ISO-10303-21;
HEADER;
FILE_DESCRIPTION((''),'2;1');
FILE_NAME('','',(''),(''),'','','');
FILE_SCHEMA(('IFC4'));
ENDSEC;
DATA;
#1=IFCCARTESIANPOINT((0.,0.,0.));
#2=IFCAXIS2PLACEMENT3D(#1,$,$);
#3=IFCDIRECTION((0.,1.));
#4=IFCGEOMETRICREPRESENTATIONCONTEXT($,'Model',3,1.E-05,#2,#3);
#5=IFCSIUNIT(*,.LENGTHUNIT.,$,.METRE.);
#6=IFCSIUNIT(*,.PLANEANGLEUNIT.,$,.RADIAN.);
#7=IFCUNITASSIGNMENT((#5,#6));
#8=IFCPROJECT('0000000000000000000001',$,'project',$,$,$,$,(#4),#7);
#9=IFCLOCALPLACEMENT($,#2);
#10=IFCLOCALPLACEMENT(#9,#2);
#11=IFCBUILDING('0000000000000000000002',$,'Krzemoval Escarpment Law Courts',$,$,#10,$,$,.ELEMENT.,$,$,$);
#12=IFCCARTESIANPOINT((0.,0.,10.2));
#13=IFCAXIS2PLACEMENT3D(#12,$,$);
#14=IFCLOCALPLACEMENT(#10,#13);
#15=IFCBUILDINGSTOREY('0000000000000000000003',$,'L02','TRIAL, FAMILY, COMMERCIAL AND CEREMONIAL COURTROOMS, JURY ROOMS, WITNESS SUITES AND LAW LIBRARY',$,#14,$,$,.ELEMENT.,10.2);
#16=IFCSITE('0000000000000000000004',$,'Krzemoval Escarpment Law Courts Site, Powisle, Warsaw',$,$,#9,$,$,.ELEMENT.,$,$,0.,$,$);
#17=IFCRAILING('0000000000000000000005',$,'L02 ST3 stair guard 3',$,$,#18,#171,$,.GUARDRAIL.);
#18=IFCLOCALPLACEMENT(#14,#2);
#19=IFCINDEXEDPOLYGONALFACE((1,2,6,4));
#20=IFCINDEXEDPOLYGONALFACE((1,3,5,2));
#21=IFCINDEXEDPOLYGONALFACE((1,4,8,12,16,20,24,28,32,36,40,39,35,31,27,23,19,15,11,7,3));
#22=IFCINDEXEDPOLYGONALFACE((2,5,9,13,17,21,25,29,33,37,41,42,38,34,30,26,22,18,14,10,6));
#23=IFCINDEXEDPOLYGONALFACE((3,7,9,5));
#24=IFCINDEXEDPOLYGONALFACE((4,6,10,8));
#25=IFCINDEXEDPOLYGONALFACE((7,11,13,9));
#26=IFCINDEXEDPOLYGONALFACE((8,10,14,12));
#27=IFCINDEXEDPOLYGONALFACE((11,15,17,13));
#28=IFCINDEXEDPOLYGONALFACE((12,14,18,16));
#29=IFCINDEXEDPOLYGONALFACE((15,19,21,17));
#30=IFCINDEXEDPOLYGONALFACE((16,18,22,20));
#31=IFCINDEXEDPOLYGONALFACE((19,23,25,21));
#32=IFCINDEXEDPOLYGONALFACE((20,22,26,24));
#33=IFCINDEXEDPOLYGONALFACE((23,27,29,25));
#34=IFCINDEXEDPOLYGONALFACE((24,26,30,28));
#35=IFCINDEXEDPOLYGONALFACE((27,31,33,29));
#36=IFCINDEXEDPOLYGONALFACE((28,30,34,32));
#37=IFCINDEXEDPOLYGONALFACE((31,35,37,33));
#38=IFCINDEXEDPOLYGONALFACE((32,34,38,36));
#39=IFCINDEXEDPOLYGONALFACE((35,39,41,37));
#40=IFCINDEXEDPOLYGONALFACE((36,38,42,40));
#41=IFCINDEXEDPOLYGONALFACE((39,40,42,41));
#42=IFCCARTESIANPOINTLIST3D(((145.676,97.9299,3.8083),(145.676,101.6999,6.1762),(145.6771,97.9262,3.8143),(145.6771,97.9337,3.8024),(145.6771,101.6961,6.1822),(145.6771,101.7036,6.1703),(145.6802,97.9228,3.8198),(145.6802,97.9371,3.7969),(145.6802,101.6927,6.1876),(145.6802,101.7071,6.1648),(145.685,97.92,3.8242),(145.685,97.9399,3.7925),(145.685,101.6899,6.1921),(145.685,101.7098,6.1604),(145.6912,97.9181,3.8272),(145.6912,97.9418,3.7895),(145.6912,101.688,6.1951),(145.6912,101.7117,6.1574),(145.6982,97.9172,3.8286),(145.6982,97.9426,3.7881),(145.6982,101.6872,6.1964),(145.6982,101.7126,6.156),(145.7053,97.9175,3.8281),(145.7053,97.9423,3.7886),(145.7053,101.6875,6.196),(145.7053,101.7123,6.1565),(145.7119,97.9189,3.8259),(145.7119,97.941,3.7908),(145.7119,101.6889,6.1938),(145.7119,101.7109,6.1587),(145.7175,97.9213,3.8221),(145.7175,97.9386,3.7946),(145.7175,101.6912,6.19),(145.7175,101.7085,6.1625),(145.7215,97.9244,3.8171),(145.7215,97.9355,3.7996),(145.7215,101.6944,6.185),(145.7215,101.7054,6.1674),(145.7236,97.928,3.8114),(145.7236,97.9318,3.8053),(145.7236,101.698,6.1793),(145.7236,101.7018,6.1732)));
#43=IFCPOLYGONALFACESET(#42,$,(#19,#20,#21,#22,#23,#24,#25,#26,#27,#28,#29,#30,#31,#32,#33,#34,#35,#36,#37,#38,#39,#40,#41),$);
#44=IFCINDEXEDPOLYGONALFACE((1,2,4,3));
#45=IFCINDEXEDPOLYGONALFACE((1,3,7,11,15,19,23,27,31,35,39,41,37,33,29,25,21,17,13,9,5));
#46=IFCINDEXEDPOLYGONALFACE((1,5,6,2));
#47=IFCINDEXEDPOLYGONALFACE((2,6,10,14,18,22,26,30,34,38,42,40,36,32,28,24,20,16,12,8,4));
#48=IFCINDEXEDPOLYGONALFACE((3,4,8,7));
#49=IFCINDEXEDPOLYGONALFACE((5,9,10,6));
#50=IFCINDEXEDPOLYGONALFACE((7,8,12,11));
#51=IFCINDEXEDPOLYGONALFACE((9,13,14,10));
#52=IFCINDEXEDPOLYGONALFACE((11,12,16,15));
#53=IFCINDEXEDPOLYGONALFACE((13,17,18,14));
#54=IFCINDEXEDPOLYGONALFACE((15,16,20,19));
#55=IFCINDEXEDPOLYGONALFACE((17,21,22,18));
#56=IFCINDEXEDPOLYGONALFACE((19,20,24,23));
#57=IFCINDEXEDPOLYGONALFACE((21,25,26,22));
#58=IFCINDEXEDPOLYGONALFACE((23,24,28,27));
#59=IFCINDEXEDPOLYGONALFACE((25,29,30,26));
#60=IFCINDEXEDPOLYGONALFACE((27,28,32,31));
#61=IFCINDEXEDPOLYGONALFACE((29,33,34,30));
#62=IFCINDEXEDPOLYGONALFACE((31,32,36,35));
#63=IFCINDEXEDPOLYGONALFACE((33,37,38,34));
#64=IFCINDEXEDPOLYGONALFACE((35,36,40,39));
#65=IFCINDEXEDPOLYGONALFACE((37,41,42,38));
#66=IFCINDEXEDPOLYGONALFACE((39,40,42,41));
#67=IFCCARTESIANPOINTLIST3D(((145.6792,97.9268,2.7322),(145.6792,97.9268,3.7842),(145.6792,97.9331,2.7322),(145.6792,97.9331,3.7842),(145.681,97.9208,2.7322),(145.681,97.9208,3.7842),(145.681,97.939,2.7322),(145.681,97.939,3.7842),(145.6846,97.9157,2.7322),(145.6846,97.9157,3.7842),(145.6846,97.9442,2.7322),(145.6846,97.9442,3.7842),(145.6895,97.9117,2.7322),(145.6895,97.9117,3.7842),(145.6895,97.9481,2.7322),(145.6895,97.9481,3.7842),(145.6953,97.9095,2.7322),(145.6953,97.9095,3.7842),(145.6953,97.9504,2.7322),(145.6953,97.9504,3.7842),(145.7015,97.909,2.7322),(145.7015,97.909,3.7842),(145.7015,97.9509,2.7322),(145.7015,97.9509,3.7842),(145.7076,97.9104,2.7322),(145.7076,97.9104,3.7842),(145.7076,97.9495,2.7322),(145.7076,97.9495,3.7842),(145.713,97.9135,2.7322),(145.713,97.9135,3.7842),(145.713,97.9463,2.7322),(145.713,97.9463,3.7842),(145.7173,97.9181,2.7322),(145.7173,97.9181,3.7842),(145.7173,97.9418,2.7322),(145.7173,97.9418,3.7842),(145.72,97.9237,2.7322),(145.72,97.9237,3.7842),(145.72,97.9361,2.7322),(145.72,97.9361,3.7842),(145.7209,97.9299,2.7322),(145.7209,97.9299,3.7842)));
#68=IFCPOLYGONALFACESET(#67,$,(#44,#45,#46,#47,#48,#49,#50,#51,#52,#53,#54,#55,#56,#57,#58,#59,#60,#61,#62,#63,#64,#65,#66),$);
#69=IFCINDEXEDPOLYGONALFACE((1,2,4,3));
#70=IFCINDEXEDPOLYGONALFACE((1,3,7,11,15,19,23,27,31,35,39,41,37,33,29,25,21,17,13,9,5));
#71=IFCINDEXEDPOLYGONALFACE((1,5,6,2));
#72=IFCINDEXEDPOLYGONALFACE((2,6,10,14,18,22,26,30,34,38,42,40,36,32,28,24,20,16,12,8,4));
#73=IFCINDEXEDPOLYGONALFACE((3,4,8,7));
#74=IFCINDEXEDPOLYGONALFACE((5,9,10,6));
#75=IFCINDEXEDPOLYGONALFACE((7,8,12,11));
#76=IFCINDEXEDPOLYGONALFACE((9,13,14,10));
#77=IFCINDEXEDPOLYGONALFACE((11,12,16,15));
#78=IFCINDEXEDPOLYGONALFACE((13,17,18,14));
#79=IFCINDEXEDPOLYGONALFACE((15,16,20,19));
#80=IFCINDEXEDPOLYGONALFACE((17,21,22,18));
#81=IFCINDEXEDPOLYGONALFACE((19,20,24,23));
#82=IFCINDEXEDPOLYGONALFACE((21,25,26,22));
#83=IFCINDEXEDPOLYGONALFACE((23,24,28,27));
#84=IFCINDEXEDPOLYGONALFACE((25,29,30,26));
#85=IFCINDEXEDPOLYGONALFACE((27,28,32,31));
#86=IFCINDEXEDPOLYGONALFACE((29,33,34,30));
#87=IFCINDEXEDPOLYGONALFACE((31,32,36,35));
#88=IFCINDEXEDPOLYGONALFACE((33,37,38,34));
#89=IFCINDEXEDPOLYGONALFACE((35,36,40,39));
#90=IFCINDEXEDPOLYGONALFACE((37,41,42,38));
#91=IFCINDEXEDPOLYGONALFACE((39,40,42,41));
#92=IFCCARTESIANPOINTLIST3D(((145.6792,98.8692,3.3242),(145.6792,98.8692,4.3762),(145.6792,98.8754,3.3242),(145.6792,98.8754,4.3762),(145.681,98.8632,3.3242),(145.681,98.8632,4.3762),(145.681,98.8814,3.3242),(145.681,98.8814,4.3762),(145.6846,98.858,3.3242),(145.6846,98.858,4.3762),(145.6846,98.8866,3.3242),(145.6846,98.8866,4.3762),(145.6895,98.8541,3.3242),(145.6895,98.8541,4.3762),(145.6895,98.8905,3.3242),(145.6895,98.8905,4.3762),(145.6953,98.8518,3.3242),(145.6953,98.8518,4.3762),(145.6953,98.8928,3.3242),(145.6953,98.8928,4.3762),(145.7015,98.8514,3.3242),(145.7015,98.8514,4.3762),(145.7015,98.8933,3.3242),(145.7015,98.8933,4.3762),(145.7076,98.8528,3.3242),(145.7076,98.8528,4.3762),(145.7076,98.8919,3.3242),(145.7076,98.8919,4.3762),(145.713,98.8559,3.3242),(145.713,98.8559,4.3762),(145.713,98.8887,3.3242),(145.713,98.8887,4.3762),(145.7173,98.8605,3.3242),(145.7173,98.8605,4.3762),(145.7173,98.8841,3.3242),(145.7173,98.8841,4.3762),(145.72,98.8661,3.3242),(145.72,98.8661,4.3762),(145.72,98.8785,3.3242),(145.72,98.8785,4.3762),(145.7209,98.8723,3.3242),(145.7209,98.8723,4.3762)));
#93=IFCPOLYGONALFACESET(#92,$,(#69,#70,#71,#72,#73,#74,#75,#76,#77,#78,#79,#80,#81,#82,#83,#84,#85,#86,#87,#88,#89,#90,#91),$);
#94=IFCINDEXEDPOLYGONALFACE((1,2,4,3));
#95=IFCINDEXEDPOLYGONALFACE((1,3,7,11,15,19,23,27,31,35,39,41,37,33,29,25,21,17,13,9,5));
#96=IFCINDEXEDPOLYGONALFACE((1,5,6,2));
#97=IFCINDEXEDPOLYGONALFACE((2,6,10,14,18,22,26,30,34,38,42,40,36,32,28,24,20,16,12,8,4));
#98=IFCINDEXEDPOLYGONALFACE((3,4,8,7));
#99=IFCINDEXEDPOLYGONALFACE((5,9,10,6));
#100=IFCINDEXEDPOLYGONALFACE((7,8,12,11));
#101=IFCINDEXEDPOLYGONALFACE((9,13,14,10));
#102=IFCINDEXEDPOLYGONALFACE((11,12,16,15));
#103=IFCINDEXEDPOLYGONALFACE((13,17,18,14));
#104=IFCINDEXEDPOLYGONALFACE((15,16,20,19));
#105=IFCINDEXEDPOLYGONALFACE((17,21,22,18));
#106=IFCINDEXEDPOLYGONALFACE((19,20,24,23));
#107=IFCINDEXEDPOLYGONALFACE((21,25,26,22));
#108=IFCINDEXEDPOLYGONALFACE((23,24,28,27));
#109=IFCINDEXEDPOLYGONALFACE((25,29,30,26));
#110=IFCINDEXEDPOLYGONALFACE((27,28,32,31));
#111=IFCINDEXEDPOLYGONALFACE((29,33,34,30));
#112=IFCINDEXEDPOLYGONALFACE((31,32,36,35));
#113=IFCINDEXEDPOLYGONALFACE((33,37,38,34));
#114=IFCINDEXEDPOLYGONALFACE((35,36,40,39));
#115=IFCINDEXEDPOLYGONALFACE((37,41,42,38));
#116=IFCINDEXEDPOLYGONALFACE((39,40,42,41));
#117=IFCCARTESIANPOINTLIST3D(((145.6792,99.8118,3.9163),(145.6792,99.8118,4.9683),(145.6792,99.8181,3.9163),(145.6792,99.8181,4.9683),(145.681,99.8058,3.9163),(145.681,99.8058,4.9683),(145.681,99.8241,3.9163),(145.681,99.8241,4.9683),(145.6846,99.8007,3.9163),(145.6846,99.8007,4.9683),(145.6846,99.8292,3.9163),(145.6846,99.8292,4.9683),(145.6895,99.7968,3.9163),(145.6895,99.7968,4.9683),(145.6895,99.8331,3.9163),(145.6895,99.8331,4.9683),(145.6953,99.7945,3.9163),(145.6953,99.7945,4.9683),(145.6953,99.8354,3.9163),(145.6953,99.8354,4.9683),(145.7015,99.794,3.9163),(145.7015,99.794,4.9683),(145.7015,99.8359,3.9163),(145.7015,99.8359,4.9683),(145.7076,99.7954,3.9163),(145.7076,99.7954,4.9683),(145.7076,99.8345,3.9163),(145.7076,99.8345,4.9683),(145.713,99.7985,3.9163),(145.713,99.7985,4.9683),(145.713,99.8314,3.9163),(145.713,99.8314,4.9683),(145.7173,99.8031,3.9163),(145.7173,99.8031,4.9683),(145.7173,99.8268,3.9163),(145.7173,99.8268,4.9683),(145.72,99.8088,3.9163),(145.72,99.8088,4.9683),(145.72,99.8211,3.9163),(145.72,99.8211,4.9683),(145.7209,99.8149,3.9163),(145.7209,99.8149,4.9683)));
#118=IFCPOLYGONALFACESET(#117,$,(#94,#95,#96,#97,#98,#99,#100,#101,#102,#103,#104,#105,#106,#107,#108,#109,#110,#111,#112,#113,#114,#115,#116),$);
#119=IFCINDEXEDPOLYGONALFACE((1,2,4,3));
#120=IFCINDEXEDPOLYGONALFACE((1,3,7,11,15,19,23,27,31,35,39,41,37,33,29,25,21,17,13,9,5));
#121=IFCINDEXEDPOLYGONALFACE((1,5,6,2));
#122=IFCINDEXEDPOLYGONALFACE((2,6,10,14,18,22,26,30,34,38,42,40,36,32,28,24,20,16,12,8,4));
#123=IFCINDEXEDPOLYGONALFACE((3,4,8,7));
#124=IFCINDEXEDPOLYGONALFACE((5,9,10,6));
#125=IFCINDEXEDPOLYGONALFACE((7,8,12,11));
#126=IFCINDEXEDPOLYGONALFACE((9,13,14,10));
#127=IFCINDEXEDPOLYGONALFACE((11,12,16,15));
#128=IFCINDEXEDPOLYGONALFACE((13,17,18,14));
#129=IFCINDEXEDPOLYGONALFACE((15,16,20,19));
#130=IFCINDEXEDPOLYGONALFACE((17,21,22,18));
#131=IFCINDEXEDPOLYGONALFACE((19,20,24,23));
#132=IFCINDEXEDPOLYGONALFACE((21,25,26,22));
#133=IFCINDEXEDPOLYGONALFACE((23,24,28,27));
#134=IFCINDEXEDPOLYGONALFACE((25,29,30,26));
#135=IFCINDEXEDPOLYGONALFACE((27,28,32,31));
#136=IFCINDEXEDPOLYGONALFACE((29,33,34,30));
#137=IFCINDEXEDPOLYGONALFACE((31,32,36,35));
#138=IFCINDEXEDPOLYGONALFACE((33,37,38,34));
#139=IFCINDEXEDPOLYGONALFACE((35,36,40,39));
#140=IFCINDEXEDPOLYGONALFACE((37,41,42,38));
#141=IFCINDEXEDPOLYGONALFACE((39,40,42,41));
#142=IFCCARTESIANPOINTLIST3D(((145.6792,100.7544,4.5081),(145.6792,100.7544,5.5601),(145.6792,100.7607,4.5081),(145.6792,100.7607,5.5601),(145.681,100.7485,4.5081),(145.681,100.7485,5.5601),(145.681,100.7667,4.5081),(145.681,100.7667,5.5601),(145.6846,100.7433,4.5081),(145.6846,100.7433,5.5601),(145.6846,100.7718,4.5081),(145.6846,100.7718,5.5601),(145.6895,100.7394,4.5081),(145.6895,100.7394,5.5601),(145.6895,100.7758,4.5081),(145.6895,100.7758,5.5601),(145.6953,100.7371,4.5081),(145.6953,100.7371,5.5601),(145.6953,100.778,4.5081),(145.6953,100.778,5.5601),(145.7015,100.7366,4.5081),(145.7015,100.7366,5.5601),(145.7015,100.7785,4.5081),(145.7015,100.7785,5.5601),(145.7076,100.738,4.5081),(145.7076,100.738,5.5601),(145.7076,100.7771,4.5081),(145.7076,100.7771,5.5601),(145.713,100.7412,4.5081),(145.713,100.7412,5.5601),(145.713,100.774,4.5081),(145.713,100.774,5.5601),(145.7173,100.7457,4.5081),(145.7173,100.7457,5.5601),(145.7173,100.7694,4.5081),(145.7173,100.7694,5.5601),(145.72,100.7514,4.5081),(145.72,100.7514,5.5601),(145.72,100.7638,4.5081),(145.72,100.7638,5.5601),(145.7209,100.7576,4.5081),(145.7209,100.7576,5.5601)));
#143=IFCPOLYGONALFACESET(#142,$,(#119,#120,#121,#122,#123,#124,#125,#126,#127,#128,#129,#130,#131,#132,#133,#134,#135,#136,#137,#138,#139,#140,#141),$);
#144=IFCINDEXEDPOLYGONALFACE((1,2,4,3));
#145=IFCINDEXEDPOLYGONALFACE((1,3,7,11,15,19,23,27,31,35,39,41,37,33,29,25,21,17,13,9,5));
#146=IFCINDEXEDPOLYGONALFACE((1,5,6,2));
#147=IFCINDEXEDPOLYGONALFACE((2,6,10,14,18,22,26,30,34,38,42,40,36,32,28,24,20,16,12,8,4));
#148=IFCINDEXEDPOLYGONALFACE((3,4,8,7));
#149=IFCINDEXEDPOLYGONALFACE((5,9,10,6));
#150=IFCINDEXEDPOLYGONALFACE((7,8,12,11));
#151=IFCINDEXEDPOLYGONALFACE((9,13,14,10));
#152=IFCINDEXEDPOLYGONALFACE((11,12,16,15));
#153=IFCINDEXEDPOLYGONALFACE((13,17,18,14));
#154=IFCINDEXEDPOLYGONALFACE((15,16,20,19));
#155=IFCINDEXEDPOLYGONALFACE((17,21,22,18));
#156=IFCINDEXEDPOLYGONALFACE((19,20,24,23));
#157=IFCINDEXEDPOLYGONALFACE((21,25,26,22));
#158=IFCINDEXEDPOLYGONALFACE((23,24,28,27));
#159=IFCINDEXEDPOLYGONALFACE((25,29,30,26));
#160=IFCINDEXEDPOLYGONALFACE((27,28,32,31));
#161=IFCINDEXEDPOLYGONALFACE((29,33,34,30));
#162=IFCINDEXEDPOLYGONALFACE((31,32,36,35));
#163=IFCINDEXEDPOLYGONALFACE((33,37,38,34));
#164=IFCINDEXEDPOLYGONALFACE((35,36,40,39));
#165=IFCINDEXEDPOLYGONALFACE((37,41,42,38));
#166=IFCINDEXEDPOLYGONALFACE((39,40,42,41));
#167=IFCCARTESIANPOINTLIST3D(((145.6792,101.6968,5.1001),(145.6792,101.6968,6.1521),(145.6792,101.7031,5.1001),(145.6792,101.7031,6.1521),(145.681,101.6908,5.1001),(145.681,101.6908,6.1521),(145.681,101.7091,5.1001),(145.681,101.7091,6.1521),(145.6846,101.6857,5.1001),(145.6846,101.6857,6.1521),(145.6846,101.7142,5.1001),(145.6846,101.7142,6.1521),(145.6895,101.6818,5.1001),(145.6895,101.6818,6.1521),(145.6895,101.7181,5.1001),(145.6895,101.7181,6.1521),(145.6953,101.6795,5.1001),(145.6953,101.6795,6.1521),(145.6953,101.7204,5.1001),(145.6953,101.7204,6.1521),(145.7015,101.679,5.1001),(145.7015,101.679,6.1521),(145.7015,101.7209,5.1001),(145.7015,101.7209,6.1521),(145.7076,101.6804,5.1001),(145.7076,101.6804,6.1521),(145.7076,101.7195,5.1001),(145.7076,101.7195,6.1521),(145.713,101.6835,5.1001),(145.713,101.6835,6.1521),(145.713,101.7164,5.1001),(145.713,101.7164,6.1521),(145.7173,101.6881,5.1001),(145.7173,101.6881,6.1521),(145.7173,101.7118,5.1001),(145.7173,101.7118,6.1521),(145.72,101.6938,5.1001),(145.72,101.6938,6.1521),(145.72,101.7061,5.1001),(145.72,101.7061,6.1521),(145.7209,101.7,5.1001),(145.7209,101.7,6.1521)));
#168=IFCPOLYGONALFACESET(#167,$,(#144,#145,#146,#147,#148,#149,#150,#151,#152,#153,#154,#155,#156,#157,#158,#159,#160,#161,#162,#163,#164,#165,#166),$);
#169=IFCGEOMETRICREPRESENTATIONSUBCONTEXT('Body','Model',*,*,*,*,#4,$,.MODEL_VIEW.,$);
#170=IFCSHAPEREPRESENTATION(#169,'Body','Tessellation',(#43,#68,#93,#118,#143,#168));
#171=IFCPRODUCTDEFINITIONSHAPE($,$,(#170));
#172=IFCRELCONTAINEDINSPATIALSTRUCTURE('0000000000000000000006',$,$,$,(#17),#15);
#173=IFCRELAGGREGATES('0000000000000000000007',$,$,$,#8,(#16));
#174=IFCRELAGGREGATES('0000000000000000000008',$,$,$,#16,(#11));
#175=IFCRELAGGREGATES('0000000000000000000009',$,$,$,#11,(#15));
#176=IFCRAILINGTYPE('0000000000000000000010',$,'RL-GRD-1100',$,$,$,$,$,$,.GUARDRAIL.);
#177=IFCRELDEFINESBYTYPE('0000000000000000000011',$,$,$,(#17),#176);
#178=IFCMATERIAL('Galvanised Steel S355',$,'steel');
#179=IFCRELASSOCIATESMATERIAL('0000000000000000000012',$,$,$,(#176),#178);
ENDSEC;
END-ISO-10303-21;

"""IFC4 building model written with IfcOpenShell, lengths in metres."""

from ifc_helpers import new_model, si_unit, direction, frame, origin, origin_2d, place, context, subcontext, project, spatial, circle, extrude, material, type_object, element, save


model = new_model("IFC4")

# Units and contexts
model_context = context("Model", 3, precision=1e-05, world=origin(), true_north=direction((0.0, 1.0)))
body_context = subcontext(model_context, "Body", "Model", "MODEL_VIEW")
ifc_project = project(units=[si_unit("LENGTHUNIT", "METRE"), si_unit("PLANEANGLEUNIT", "RADIAN")], contexts=[model_context])

# Site, building, storey
site_placement = place(None, origin())
site = spatial("IfcSite", under=ifc_project, at=site_placement, Name="Krzemoval Escarpment Law Courts Site, Powisle, Warsaw", CompositionType="ELEMENT", RefElevation=0.0)
building_placement = place(site_placement, origin())
building = spatial("IfcBuilding", under=site, at=building_placement, Name="Krzemoval Escarpment Law Courts", CompositionType="ELEMENT")
storey_placement = place(building_placement, frame((0.0, 0.0, 10.2)))
storey = spatial("IfcBuildingStorey", under=building, at=storey_placement, Name="L02", Description="TRIAL, FAMILY, COMMERCIAL AND CEREMONIAL COURTROOMS, JURY ROOMS, WITNESS SUITES AND LAW LIBRARY", CompositionType="ELEMENT", Elevation=10.2)

# Railing
ifc_material_1 = material(Name="Galvanised Steel S355", Category="steel")
railing_type_1 = type_object("IfcRailingType", Name="RL-GRD-1100", PredefinedType="GUARDRAIL", material=ifc_material_1)
railing_1_placement = place(storey_placement, frame((145.7, 97.9299, 2.7322)))
element("IfcRailing", 1, at=railing_1_placement, inside=storey, type_object=railing_type_1, Name="L02 ST3 stair guard 3", PredefinedType="GUARDRAIL", context=body_context, shape_type="SweptSolid", body=[
    extrude(circle(Radius=0.0239, at=origin_2d()), frame((0.0, 0.0, 1.0762), z_axis=(0.0, 0.846819, 0.531881), x_axis=(-1.0, 0.0, 0.0)), (0.0, 0.0, 1.0), 4.4519),
    extrude(circle(Radius=0.021, at=origin_2d()), origin(), (0.0, 0.0, 1.0), 1.052),
    extrude(circle(Radius=0.021, at=origin_2d()), frame((0.0, 0.9424, 0.592)), (0.0, 0.0, 1.0), 1.052),
    extrude(circle(Radius=0.021, at=origin_2d()), frame((0.0, 1.885, 1.1841)), (0.0, 0.0, 1.0), 1.052),
    extrude(circle(Radius=0.021, at=origin_2d()), frame((0.0, 2.8276, 1.7759)), (0.0, 0.0, 1.0), 1.052),
    extrude(circle(Radius=0.021, at=origin_2d()), frame((0.0, 3.77, 2.3679)), (0.0, 0.0, 1.0), 1.052),
])

save(model, "model.ifc")
